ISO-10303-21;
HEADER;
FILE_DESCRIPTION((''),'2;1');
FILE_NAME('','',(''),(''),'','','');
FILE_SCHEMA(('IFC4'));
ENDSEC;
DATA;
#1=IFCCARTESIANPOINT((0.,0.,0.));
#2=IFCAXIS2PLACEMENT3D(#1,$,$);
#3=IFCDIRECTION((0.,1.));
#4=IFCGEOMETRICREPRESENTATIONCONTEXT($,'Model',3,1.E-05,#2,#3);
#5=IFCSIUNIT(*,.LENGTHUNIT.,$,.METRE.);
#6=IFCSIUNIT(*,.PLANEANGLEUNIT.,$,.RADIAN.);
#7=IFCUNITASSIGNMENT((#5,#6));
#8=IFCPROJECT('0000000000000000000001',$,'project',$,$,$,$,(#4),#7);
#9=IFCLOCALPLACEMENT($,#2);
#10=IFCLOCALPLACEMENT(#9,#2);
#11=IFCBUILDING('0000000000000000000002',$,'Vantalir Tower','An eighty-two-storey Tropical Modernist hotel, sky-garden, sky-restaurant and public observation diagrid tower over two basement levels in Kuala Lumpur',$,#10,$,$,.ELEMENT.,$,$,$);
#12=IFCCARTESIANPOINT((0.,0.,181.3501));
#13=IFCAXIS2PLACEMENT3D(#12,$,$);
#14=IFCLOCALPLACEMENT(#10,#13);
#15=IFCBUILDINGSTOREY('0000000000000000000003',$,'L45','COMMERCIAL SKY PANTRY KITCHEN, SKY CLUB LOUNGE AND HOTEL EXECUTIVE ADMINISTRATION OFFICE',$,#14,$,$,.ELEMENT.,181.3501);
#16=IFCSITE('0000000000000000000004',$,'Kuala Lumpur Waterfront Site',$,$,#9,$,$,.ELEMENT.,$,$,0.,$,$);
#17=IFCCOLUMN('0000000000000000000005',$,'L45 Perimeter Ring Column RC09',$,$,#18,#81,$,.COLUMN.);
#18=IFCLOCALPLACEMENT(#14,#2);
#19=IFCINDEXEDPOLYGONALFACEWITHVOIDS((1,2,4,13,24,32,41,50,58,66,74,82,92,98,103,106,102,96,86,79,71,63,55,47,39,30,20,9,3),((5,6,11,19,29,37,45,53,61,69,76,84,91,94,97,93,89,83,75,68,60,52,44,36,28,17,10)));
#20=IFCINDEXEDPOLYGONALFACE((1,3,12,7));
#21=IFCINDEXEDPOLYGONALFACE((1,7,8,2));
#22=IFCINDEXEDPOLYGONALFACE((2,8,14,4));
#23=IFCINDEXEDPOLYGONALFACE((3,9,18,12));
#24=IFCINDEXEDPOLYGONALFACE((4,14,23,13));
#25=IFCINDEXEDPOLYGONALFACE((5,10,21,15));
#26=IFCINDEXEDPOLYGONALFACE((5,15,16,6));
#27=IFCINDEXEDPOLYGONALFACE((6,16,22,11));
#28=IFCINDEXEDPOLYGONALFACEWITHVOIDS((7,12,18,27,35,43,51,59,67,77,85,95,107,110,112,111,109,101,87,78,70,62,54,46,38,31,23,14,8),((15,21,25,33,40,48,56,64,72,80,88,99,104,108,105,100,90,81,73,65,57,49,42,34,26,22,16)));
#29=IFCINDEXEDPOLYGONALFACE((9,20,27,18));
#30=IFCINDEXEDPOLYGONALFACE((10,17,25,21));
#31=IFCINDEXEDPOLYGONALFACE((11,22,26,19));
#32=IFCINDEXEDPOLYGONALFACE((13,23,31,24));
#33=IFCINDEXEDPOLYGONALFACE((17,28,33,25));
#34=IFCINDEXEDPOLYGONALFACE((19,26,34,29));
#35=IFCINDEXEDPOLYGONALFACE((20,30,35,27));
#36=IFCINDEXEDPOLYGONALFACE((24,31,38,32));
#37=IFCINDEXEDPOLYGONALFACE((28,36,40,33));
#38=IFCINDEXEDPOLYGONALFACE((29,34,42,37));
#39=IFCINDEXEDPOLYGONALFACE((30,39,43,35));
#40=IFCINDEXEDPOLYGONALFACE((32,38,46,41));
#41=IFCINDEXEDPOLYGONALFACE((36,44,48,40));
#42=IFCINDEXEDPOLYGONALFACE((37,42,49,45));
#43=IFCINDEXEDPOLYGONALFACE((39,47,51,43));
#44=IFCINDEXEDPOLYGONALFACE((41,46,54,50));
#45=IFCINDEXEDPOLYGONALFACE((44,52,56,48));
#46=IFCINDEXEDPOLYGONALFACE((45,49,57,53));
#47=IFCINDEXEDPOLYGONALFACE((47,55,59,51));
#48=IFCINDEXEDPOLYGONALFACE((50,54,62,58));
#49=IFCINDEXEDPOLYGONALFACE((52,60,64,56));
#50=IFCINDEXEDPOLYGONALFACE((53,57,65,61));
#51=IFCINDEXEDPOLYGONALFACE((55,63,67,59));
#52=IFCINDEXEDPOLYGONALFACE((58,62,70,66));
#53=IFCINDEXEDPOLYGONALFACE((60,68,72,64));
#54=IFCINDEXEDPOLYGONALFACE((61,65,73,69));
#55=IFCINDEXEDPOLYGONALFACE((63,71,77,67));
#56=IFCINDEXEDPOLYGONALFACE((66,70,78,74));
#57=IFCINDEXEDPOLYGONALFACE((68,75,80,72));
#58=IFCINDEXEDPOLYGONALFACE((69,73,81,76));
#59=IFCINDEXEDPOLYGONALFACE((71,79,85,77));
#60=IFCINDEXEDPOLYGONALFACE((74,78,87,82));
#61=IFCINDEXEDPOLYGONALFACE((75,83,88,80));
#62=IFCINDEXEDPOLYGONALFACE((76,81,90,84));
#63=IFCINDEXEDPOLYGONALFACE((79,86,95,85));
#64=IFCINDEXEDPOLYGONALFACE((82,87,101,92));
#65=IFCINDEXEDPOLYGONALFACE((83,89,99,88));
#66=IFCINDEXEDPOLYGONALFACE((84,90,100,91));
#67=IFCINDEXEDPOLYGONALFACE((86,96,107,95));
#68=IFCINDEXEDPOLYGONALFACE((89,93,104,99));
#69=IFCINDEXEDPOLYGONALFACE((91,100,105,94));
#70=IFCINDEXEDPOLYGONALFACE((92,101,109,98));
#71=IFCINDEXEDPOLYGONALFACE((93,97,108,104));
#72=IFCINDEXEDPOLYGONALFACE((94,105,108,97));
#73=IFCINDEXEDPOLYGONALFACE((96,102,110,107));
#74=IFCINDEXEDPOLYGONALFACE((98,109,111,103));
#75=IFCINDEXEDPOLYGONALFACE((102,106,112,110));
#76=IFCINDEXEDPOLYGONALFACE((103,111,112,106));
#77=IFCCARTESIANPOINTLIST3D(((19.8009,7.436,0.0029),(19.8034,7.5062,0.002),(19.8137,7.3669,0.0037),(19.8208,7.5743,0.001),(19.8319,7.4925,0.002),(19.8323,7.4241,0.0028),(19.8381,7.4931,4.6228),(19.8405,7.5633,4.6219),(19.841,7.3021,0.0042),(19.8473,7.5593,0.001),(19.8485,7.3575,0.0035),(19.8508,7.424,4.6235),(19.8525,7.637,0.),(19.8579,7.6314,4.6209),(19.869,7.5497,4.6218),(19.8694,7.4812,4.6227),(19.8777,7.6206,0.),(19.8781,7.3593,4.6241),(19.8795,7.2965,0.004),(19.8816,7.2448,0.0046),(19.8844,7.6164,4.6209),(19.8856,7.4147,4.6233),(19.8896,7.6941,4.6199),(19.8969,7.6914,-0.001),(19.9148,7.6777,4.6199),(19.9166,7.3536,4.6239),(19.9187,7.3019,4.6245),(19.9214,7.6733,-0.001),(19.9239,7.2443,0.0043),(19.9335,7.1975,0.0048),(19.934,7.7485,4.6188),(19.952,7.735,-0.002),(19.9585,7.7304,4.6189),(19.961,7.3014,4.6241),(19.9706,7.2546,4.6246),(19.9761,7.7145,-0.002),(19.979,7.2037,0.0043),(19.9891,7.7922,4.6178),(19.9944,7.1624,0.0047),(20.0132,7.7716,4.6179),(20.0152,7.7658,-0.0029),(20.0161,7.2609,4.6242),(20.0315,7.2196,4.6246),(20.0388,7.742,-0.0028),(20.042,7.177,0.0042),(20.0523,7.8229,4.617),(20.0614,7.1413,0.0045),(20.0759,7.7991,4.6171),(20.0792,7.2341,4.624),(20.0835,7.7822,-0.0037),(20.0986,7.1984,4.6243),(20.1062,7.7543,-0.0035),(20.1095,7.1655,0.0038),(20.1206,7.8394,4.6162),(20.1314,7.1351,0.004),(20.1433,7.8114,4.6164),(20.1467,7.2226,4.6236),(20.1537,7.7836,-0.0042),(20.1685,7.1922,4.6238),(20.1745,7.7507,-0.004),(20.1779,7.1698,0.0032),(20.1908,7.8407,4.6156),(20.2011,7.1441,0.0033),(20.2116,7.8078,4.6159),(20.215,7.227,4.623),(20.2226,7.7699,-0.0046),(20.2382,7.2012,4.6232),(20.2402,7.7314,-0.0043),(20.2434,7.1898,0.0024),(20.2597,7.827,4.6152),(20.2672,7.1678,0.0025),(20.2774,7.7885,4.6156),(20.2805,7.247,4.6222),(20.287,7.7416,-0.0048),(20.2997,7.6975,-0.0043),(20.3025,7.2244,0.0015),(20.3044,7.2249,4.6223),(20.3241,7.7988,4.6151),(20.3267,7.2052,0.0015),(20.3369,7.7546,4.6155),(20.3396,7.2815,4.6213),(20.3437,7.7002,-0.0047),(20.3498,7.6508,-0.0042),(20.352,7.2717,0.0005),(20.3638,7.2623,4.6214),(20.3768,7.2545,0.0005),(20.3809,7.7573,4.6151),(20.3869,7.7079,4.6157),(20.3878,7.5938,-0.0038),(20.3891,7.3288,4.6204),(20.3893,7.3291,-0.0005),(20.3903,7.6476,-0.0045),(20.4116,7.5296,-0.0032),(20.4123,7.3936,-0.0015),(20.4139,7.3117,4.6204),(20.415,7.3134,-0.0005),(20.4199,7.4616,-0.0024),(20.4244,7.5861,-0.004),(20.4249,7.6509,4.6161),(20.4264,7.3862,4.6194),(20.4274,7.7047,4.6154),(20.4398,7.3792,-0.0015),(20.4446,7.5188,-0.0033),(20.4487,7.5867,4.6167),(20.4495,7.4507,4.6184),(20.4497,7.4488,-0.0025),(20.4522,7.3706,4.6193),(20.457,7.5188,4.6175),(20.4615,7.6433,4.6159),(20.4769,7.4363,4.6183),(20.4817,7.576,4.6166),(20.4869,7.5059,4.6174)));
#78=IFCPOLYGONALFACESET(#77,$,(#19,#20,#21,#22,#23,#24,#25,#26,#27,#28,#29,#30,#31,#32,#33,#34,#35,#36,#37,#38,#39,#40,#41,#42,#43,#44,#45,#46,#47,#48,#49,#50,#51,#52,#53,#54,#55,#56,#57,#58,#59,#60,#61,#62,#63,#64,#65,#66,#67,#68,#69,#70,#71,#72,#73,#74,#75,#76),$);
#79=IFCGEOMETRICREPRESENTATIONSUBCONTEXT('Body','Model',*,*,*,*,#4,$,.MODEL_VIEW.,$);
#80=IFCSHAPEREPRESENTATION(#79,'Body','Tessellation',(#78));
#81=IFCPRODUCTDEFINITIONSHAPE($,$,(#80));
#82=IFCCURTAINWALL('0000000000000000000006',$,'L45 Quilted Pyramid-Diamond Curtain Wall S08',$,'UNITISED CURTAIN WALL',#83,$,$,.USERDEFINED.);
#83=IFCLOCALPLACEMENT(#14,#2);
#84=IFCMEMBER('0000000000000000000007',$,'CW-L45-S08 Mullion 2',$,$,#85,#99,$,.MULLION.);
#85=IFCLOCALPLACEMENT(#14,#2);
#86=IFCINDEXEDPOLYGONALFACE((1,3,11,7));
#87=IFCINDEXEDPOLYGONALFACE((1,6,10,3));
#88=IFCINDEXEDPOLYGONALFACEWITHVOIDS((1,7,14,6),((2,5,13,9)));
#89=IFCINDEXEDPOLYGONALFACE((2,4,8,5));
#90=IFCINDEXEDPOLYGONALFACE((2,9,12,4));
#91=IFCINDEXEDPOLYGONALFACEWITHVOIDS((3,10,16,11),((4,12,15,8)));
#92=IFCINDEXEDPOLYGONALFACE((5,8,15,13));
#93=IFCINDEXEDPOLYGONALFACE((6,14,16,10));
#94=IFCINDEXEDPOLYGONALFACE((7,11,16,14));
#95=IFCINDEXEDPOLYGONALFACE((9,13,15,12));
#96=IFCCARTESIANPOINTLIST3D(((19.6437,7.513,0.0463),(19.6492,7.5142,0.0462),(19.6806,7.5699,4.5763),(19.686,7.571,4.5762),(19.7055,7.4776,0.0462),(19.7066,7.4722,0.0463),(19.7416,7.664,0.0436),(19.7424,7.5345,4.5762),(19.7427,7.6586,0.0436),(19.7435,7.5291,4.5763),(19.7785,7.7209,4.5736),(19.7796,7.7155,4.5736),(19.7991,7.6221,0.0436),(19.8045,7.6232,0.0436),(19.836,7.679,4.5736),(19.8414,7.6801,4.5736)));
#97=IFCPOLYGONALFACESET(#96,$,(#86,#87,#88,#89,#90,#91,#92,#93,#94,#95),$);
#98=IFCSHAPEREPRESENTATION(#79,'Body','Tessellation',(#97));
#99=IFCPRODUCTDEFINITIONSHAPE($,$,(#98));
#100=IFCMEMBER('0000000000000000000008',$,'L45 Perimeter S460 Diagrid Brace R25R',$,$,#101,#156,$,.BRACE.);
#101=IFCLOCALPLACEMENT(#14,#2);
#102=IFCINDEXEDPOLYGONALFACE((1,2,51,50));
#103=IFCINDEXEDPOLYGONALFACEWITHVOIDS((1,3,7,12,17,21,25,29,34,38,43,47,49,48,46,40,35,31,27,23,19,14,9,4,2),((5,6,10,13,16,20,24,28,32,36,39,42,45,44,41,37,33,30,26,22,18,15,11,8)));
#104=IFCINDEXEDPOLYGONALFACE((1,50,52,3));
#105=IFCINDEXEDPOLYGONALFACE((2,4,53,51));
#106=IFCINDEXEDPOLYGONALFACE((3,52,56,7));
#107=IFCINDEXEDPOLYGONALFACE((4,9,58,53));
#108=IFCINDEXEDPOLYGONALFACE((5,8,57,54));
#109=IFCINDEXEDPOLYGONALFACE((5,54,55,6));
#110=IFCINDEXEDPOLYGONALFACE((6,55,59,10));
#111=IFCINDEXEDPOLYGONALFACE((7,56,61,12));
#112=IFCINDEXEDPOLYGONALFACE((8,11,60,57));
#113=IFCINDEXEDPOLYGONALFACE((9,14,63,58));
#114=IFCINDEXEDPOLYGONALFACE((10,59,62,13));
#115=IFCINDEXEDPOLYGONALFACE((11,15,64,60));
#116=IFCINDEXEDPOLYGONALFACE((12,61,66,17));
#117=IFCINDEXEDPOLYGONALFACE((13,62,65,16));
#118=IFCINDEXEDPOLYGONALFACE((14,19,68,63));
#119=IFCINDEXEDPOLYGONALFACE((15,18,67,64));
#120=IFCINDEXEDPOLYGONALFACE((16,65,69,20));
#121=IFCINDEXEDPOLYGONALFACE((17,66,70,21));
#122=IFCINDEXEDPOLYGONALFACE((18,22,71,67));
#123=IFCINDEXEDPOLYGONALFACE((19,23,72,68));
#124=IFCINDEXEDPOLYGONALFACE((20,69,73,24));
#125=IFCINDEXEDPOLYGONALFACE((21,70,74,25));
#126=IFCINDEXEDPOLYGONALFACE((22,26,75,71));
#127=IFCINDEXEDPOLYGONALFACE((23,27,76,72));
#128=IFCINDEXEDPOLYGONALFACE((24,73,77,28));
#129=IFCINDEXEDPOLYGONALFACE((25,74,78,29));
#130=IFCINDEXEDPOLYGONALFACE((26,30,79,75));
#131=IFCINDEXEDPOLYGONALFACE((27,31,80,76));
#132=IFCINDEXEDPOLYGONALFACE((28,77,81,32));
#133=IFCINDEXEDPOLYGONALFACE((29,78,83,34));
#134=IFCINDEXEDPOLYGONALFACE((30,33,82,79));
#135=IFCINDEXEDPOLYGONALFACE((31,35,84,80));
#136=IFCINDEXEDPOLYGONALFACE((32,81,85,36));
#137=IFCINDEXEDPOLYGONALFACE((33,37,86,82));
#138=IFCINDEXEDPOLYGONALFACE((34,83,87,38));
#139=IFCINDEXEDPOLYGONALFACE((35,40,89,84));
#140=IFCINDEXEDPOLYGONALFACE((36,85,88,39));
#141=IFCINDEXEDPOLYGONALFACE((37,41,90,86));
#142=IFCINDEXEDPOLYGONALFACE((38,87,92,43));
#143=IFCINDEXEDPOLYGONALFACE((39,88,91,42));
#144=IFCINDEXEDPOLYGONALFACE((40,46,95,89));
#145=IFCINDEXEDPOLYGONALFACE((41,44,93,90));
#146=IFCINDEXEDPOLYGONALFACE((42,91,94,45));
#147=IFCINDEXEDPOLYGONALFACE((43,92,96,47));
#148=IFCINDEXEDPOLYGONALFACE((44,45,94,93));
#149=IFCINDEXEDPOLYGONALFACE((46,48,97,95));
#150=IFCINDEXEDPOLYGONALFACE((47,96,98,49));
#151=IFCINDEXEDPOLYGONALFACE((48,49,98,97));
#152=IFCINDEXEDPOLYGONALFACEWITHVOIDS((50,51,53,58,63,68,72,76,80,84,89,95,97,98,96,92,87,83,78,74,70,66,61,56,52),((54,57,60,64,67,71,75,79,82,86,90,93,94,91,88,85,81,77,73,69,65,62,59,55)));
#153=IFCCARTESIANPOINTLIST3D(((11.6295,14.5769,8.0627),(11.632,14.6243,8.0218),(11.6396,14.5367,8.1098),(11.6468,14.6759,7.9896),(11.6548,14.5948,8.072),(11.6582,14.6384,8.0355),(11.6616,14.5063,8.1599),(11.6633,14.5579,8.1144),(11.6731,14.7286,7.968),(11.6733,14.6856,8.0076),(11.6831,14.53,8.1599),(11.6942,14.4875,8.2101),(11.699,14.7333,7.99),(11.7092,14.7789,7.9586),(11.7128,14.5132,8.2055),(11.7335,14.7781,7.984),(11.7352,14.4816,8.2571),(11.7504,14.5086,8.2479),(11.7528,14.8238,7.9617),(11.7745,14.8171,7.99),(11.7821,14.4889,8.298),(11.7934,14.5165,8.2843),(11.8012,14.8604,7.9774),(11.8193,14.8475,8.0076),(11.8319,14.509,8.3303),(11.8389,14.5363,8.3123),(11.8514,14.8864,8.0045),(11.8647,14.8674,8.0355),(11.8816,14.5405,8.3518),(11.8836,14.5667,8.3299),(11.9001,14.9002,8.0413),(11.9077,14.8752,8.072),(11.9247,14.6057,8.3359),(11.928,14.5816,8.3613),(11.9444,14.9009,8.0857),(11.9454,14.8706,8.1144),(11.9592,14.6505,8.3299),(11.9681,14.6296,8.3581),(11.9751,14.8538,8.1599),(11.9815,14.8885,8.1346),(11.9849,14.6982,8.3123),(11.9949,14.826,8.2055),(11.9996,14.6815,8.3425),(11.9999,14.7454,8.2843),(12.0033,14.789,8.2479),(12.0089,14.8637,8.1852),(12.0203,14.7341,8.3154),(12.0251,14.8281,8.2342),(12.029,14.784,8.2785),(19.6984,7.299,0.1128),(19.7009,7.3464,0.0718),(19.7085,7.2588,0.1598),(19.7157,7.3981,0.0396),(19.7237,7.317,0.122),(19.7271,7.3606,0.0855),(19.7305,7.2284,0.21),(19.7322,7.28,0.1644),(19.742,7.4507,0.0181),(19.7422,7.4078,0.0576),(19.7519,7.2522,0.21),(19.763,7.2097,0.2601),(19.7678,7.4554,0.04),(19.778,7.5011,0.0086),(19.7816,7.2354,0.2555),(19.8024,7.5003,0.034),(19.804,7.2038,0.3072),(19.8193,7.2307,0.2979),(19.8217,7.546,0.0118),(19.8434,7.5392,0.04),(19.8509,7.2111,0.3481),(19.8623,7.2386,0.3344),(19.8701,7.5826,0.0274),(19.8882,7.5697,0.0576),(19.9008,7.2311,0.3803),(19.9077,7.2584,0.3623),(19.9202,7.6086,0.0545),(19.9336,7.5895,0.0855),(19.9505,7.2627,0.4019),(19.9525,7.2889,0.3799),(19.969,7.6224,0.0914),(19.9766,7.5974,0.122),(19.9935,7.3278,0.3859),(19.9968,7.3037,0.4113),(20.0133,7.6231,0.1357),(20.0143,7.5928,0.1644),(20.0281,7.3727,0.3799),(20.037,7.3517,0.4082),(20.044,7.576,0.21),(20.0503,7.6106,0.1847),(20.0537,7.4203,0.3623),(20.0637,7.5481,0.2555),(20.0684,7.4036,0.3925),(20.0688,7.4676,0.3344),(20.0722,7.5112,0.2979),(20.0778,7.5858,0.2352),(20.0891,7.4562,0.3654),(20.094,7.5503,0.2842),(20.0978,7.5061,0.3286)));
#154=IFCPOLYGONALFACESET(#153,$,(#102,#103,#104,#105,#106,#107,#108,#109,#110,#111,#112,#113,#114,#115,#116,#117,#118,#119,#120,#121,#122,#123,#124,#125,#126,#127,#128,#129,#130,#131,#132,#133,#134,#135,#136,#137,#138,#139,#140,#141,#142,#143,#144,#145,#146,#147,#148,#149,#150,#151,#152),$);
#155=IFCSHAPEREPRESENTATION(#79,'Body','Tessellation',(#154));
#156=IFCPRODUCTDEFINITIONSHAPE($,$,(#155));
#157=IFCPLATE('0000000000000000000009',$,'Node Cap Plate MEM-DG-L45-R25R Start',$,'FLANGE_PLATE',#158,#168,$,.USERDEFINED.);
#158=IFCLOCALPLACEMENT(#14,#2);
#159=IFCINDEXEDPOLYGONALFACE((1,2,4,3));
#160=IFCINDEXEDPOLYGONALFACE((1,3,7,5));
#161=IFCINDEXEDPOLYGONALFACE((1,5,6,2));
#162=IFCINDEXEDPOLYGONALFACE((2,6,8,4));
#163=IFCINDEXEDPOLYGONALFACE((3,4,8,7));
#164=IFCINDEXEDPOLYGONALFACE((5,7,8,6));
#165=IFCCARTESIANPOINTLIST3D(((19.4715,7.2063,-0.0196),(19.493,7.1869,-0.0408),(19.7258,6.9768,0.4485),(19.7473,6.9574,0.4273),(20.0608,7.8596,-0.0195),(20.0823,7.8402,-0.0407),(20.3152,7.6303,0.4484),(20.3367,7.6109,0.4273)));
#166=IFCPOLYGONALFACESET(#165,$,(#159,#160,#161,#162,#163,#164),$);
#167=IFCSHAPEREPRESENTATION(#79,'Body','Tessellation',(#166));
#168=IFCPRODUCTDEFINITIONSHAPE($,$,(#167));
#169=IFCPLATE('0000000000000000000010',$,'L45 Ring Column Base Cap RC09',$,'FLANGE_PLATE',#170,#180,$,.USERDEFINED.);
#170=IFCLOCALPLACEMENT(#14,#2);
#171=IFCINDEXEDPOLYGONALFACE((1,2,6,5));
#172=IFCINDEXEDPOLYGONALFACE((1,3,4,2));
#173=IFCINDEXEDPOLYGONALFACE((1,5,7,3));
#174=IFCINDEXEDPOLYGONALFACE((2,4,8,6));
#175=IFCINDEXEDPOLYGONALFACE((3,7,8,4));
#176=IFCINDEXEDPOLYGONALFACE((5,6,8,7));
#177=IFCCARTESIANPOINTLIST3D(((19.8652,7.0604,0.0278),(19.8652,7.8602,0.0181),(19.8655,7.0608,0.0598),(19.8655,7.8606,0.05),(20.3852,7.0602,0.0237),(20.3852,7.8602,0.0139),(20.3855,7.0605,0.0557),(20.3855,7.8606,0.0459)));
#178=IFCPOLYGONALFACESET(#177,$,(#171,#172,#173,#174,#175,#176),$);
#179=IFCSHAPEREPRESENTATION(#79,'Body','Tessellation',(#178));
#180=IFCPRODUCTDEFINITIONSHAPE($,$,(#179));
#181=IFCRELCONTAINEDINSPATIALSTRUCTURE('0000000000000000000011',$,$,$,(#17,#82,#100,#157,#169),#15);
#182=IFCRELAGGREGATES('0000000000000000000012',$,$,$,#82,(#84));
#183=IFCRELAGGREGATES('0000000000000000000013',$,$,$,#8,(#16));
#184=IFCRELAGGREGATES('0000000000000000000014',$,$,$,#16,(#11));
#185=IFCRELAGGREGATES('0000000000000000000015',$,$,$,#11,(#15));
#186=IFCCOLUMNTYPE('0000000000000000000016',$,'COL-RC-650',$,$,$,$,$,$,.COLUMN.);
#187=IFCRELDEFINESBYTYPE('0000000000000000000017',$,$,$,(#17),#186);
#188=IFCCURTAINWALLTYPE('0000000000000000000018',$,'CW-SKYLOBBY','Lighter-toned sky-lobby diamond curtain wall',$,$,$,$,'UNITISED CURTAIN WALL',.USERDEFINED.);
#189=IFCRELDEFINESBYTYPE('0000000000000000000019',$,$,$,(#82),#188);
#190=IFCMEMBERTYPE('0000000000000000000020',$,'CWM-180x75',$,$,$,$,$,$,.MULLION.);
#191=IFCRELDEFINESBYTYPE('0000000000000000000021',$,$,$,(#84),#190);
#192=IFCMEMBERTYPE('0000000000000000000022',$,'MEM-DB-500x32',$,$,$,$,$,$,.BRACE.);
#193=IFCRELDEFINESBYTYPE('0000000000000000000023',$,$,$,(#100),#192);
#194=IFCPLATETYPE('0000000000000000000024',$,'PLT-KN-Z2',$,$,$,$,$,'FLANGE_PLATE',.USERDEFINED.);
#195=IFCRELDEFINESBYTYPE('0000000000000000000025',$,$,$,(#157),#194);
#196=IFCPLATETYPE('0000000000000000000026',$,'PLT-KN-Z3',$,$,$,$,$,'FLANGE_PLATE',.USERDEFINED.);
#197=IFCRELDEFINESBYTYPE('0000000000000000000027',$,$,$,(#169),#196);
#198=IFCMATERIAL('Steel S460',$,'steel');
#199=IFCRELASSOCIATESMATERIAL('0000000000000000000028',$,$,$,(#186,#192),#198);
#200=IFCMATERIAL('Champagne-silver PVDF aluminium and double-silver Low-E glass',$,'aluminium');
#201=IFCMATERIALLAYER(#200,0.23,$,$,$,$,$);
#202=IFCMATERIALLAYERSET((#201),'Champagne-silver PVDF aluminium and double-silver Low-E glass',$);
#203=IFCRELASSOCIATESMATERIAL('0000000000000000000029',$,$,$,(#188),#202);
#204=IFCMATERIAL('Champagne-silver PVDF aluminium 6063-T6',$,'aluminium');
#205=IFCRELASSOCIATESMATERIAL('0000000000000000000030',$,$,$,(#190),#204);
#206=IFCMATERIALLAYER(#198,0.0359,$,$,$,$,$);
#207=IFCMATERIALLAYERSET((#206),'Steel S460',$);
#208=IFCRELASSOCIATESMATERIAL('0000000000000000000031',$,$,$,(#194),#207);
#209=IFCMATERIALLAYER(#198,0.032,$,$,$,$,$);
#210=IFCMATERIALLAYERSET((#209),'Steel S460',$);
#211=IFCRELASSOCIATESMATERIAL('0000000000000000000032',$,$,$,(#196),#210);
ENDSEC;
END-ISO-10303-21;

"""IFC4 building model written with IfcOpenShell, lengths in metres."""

from ifc_helpers import new_model, si_unit, direction, frame, origin, origin_2d, place, context, subcontext, project, spatial, polyline, hollow_rectangle, hollow_circle, outline, extrude, material, layer, layer_set, material_profile, profile_set, type_object, element, aggregate, save


model = new_model("IFC4")

# Units and contexts
model_context = context("Model", 3, precision=1e-05, world=origin(), true_north=direction((0.0, 1.0)))
body_context = subcontext(model_context, "Body", "Model", "MODEL_VIEW")
ifc_project = project(units=[si_unit("LENGTHUNIT", "METRE"), si_unit("PLANEANGLEUNIT", "RADIAN")], contexts=[model_context])

# Site, building, storey
site_placement = place(None, origin())
site = spatial("IfcSite", under=ifc_project, at=site_placement, Name="Kuala Lumpur Waterfront Site", CompositionType="ELEMENT", RefElevation=0.0)
building_placement = place(site_placement, origin())
building = spatial("IfcBuilding", under=site, at=building_placement, Name="Vantalir Tower", Description="An eighty-two-storey Tropical Modernist hotel, sky-garden, sky-restaurant and public observation diagrid tower over two basement levels in Kuala Lumpur", CompositionType="ELEMENT")
storey_placement = place(building_placement, frame((0.0, 0.0, 181.3501)))
storey = spatial("IfcBuildingStorey", under=building, at=storey_placement, Name="L45", Description="COMMERCIAL SKY PANTRY KITCHEN, SKY CLUB LOUNGE AND HOTEL EXECUTIVE ADMINISTRATION OFFICE", CompositionType="ELEMENT", Elevation=181.3501)

# Column
ifc_material_1 = material(Name="Steel S460", Category="steel")
ifc_material_profile_1 = material_profile(ifc_material_1, hollow_circle(Radius=0.325, WallThickness=0.03, at=origin_2d()), Name="Steel S460")
ifc_profile_set_1 = profile_set([ifc_material_profile_1], Name="Steel S460")
column_type = type_object("IfcColumnType", Name="COL-RC-650", PredefinedType="COLUMN", material=ifc_profile_set_1)
column_placement = place(storey_placement, frame((20.125, 7.46, 0.0), z_axis=(0.008032, 0.012365, 0.999891), x_axis=(-0.838607, 0.544736, 0.0)))
element("IfcColumn", 1, at=column_placement, inside=storey, type_object=column_type, Name="L45 Perimeter Ring Column RC09", PredefinedType="COLUMN", context=body_context, shape_type="SweptSolid", body=[
    extrude(hollow_circle(Radius=0.325, WallThickness=0.03, at=origin_2d()), origin(), (0.0, 0.0, 1.0), 4.6204),
])

# Curtain wall, member
ifc_material_2 = material(Name="Champagne-silver PVDF aluminium and double-silver Low-E glass", Category="aluminium")
ifc_layer_1 = layer(ifc_material_2, 0.23)
ifc_layer_set_1 = layer_set([ifc_layer_1], Name="Champagne-silver PVDF aluminium and double-silver Low-E glass")
curtain_wall_type = type_object("IfcCurtainWallType", Name="CW-SKYLOBBY", Description="Lighter-toned sky-lobby diamond curtain wall", ElementType="UNITISED CURTAIN WALL", PredefinedType="USERDEFINED", material=ifc_layer_set_1)
curtain_wall_placement = place(storey_placement, origin())
curtain_wall = element("IfcCurtainWall", 2, at=curtain_wall_placement, inside=storey, type_object=curtain_wall_type, Name="L45 Quilted Pyramid-Diamond Curtain Wall S08", ObjectType="UNITISED CURTAIN WALL", PredefinedType="USERDEFINED")
ifc_material_3 = material(Name="Champagne-silver PVDF aluminium 6063-T6", Category="aluminium")
ifc_material_profile_2 = material_profile(ifc_material_3, hollow_rectangle(XDim=0.075, YDim=0.1799, WallThickness=0.0039, at=origin_2d()), Name="Champagne-silver PVDF aluminium 6063-T6")
ifc_profile_set_2 = profile_set([ifc_material_profile_2], Name="Champagne-silver PVDF aluminium 6063-T6")
member_type_1 = type_object("IfcMemberType", Name="CWM-180x75", PredefinedType="MULLION", material=ifc_profile_set_2)
member_1_placement = place(storey_placement, frame((19.7241, 7.5681, 0.0449), z_axis=(0.008137, 0.012556, 0.999888), x_axis=(-0.839183, 0.543848, 0.0)))
member_1 = element("IfcMember", 3, at=member_1_placement, type_object=member_type_1, Name="CW-L45-S08 Mullion 2", PredefinedType="MULLION", context=body_context, shape_type="SweptSolid", body=[
    extrude(hollow_rectangle(XDim=0.075, YDim=0.1799, WallThickness=0.0039, at=origin_2d()), origin(), (0.0, 0.0, 1.0), 4.5305),
])
aggregate(curtain_wall, [member_1])

# Member
ifc_material_profile_3 = material_profile(ifc_material_1, hollow_circle(Radius=0.25, WallThickness=0.032, at=origin_2d()), Name="Steel S460")
ifc_profile_set_3 = profile_set([ifc_material_profile_3], Name="Steel S460")
member_type_2 = type_object("IfcMemberType", Name="MEM-DB-500x32", PredefinedType="BRACE", material=ifc_profile_set_3)
member_2_placement = place(storey_placement, frame((19.8979, 7.4141, 0.21), z_axis=(-0.599298, 0.540547, 0.590467), x_axis=(-0.669771, -0.742568, 0.0)))
element("IfcMember", 4, at=member_2_placement, inside=storey, type_object=member_type_2, Name="L45 Perimeter S460 Diagrid Brace R25R", PredefinedType="BRACE", context=body_context, shape_type="SweptSolid", body=[
    extrude(hollow_circle(Radius=0.25, WallThickness=0.032, at=origin_2d()), origin(), (0.0, 0.0, 1.0), 13.4639),
])

# Plates
ifc_layer_2 = layer(ifc_material_1, 0.0359)
ifc_layer_set_2 = layer_set([ifc_layer_2], Name="Steel S460")
plate_type_1 = type_object("IfcPlateType", Name="PLT-KN-Z2", ElementType="FLANGE_PLATE", PredefinedType="USERDEFINED", material=ifc_layer_set_2)
plate_1_placement = place(storey_placement, frame((20.0608, 7.8596, -0.0195), z_axis=(-0.599239, 0.540468, 0.590598), x_axis=(-0.669778, -0.742562, -0.000044)))
element("IfcPlate", 5, at=plate_1_placement, inside=storey, type_object=plate_type_1, Name="Node Cap Plate MEM-DG-L45-R25R Start", ObjectType="FLANGE_PLATE", PredefinedType="USERDEFINED", context=body_context, shape_type="SweptSolid", body=[
    extrude(outline(polyline([(0.0, 0.0), (0.8799, 0.0), (0.8799, 0.58), (-0.0002, 0.5799), (0.0, 0.0)])), origin(), (0.0, 0.0, -1.0), 0.0359),
])
ifc_layer_3 = layer(ifc_material_1, 0.032)
ifc_layer_set_3 = layer_set([ifc_layer_3], Name="Steel S460")
plate_type_2 = type_object("IfcPlateType", Name="PLT-KN-Z3", ElementType="FLANGE_PLATE", PredefinedType="USERDEFINED", material=ifc_layer_set_3)
plate_2_placement = place(storey_placement, frame((19.8655, 7.8606, 0.05), z_axis=(0.007983, 0.012207, 0.999894), x_axis=(0.0, -0.999925, 0.012207)))
element("IfcPlate", 6, at=plate_2_placement, inside=storey, type_object=plate_type_2, Name="L45 Ring Column Base Cap RC09", ObjectType="FLANGE_PLATE", PredefinedType="USERDEFINED", context=body_context, shape_type="SweptSolid", body=[
    extrude(outline(polyline([(0.0, 0.0), (0.7999, 0.0), (0.8001, 0.52), (-0.0001, 0.52), (0.0, 0.0)])), origin(), (0.0, 0.0, -1.0), 0.032),
])

save(model, "model.ifc")
